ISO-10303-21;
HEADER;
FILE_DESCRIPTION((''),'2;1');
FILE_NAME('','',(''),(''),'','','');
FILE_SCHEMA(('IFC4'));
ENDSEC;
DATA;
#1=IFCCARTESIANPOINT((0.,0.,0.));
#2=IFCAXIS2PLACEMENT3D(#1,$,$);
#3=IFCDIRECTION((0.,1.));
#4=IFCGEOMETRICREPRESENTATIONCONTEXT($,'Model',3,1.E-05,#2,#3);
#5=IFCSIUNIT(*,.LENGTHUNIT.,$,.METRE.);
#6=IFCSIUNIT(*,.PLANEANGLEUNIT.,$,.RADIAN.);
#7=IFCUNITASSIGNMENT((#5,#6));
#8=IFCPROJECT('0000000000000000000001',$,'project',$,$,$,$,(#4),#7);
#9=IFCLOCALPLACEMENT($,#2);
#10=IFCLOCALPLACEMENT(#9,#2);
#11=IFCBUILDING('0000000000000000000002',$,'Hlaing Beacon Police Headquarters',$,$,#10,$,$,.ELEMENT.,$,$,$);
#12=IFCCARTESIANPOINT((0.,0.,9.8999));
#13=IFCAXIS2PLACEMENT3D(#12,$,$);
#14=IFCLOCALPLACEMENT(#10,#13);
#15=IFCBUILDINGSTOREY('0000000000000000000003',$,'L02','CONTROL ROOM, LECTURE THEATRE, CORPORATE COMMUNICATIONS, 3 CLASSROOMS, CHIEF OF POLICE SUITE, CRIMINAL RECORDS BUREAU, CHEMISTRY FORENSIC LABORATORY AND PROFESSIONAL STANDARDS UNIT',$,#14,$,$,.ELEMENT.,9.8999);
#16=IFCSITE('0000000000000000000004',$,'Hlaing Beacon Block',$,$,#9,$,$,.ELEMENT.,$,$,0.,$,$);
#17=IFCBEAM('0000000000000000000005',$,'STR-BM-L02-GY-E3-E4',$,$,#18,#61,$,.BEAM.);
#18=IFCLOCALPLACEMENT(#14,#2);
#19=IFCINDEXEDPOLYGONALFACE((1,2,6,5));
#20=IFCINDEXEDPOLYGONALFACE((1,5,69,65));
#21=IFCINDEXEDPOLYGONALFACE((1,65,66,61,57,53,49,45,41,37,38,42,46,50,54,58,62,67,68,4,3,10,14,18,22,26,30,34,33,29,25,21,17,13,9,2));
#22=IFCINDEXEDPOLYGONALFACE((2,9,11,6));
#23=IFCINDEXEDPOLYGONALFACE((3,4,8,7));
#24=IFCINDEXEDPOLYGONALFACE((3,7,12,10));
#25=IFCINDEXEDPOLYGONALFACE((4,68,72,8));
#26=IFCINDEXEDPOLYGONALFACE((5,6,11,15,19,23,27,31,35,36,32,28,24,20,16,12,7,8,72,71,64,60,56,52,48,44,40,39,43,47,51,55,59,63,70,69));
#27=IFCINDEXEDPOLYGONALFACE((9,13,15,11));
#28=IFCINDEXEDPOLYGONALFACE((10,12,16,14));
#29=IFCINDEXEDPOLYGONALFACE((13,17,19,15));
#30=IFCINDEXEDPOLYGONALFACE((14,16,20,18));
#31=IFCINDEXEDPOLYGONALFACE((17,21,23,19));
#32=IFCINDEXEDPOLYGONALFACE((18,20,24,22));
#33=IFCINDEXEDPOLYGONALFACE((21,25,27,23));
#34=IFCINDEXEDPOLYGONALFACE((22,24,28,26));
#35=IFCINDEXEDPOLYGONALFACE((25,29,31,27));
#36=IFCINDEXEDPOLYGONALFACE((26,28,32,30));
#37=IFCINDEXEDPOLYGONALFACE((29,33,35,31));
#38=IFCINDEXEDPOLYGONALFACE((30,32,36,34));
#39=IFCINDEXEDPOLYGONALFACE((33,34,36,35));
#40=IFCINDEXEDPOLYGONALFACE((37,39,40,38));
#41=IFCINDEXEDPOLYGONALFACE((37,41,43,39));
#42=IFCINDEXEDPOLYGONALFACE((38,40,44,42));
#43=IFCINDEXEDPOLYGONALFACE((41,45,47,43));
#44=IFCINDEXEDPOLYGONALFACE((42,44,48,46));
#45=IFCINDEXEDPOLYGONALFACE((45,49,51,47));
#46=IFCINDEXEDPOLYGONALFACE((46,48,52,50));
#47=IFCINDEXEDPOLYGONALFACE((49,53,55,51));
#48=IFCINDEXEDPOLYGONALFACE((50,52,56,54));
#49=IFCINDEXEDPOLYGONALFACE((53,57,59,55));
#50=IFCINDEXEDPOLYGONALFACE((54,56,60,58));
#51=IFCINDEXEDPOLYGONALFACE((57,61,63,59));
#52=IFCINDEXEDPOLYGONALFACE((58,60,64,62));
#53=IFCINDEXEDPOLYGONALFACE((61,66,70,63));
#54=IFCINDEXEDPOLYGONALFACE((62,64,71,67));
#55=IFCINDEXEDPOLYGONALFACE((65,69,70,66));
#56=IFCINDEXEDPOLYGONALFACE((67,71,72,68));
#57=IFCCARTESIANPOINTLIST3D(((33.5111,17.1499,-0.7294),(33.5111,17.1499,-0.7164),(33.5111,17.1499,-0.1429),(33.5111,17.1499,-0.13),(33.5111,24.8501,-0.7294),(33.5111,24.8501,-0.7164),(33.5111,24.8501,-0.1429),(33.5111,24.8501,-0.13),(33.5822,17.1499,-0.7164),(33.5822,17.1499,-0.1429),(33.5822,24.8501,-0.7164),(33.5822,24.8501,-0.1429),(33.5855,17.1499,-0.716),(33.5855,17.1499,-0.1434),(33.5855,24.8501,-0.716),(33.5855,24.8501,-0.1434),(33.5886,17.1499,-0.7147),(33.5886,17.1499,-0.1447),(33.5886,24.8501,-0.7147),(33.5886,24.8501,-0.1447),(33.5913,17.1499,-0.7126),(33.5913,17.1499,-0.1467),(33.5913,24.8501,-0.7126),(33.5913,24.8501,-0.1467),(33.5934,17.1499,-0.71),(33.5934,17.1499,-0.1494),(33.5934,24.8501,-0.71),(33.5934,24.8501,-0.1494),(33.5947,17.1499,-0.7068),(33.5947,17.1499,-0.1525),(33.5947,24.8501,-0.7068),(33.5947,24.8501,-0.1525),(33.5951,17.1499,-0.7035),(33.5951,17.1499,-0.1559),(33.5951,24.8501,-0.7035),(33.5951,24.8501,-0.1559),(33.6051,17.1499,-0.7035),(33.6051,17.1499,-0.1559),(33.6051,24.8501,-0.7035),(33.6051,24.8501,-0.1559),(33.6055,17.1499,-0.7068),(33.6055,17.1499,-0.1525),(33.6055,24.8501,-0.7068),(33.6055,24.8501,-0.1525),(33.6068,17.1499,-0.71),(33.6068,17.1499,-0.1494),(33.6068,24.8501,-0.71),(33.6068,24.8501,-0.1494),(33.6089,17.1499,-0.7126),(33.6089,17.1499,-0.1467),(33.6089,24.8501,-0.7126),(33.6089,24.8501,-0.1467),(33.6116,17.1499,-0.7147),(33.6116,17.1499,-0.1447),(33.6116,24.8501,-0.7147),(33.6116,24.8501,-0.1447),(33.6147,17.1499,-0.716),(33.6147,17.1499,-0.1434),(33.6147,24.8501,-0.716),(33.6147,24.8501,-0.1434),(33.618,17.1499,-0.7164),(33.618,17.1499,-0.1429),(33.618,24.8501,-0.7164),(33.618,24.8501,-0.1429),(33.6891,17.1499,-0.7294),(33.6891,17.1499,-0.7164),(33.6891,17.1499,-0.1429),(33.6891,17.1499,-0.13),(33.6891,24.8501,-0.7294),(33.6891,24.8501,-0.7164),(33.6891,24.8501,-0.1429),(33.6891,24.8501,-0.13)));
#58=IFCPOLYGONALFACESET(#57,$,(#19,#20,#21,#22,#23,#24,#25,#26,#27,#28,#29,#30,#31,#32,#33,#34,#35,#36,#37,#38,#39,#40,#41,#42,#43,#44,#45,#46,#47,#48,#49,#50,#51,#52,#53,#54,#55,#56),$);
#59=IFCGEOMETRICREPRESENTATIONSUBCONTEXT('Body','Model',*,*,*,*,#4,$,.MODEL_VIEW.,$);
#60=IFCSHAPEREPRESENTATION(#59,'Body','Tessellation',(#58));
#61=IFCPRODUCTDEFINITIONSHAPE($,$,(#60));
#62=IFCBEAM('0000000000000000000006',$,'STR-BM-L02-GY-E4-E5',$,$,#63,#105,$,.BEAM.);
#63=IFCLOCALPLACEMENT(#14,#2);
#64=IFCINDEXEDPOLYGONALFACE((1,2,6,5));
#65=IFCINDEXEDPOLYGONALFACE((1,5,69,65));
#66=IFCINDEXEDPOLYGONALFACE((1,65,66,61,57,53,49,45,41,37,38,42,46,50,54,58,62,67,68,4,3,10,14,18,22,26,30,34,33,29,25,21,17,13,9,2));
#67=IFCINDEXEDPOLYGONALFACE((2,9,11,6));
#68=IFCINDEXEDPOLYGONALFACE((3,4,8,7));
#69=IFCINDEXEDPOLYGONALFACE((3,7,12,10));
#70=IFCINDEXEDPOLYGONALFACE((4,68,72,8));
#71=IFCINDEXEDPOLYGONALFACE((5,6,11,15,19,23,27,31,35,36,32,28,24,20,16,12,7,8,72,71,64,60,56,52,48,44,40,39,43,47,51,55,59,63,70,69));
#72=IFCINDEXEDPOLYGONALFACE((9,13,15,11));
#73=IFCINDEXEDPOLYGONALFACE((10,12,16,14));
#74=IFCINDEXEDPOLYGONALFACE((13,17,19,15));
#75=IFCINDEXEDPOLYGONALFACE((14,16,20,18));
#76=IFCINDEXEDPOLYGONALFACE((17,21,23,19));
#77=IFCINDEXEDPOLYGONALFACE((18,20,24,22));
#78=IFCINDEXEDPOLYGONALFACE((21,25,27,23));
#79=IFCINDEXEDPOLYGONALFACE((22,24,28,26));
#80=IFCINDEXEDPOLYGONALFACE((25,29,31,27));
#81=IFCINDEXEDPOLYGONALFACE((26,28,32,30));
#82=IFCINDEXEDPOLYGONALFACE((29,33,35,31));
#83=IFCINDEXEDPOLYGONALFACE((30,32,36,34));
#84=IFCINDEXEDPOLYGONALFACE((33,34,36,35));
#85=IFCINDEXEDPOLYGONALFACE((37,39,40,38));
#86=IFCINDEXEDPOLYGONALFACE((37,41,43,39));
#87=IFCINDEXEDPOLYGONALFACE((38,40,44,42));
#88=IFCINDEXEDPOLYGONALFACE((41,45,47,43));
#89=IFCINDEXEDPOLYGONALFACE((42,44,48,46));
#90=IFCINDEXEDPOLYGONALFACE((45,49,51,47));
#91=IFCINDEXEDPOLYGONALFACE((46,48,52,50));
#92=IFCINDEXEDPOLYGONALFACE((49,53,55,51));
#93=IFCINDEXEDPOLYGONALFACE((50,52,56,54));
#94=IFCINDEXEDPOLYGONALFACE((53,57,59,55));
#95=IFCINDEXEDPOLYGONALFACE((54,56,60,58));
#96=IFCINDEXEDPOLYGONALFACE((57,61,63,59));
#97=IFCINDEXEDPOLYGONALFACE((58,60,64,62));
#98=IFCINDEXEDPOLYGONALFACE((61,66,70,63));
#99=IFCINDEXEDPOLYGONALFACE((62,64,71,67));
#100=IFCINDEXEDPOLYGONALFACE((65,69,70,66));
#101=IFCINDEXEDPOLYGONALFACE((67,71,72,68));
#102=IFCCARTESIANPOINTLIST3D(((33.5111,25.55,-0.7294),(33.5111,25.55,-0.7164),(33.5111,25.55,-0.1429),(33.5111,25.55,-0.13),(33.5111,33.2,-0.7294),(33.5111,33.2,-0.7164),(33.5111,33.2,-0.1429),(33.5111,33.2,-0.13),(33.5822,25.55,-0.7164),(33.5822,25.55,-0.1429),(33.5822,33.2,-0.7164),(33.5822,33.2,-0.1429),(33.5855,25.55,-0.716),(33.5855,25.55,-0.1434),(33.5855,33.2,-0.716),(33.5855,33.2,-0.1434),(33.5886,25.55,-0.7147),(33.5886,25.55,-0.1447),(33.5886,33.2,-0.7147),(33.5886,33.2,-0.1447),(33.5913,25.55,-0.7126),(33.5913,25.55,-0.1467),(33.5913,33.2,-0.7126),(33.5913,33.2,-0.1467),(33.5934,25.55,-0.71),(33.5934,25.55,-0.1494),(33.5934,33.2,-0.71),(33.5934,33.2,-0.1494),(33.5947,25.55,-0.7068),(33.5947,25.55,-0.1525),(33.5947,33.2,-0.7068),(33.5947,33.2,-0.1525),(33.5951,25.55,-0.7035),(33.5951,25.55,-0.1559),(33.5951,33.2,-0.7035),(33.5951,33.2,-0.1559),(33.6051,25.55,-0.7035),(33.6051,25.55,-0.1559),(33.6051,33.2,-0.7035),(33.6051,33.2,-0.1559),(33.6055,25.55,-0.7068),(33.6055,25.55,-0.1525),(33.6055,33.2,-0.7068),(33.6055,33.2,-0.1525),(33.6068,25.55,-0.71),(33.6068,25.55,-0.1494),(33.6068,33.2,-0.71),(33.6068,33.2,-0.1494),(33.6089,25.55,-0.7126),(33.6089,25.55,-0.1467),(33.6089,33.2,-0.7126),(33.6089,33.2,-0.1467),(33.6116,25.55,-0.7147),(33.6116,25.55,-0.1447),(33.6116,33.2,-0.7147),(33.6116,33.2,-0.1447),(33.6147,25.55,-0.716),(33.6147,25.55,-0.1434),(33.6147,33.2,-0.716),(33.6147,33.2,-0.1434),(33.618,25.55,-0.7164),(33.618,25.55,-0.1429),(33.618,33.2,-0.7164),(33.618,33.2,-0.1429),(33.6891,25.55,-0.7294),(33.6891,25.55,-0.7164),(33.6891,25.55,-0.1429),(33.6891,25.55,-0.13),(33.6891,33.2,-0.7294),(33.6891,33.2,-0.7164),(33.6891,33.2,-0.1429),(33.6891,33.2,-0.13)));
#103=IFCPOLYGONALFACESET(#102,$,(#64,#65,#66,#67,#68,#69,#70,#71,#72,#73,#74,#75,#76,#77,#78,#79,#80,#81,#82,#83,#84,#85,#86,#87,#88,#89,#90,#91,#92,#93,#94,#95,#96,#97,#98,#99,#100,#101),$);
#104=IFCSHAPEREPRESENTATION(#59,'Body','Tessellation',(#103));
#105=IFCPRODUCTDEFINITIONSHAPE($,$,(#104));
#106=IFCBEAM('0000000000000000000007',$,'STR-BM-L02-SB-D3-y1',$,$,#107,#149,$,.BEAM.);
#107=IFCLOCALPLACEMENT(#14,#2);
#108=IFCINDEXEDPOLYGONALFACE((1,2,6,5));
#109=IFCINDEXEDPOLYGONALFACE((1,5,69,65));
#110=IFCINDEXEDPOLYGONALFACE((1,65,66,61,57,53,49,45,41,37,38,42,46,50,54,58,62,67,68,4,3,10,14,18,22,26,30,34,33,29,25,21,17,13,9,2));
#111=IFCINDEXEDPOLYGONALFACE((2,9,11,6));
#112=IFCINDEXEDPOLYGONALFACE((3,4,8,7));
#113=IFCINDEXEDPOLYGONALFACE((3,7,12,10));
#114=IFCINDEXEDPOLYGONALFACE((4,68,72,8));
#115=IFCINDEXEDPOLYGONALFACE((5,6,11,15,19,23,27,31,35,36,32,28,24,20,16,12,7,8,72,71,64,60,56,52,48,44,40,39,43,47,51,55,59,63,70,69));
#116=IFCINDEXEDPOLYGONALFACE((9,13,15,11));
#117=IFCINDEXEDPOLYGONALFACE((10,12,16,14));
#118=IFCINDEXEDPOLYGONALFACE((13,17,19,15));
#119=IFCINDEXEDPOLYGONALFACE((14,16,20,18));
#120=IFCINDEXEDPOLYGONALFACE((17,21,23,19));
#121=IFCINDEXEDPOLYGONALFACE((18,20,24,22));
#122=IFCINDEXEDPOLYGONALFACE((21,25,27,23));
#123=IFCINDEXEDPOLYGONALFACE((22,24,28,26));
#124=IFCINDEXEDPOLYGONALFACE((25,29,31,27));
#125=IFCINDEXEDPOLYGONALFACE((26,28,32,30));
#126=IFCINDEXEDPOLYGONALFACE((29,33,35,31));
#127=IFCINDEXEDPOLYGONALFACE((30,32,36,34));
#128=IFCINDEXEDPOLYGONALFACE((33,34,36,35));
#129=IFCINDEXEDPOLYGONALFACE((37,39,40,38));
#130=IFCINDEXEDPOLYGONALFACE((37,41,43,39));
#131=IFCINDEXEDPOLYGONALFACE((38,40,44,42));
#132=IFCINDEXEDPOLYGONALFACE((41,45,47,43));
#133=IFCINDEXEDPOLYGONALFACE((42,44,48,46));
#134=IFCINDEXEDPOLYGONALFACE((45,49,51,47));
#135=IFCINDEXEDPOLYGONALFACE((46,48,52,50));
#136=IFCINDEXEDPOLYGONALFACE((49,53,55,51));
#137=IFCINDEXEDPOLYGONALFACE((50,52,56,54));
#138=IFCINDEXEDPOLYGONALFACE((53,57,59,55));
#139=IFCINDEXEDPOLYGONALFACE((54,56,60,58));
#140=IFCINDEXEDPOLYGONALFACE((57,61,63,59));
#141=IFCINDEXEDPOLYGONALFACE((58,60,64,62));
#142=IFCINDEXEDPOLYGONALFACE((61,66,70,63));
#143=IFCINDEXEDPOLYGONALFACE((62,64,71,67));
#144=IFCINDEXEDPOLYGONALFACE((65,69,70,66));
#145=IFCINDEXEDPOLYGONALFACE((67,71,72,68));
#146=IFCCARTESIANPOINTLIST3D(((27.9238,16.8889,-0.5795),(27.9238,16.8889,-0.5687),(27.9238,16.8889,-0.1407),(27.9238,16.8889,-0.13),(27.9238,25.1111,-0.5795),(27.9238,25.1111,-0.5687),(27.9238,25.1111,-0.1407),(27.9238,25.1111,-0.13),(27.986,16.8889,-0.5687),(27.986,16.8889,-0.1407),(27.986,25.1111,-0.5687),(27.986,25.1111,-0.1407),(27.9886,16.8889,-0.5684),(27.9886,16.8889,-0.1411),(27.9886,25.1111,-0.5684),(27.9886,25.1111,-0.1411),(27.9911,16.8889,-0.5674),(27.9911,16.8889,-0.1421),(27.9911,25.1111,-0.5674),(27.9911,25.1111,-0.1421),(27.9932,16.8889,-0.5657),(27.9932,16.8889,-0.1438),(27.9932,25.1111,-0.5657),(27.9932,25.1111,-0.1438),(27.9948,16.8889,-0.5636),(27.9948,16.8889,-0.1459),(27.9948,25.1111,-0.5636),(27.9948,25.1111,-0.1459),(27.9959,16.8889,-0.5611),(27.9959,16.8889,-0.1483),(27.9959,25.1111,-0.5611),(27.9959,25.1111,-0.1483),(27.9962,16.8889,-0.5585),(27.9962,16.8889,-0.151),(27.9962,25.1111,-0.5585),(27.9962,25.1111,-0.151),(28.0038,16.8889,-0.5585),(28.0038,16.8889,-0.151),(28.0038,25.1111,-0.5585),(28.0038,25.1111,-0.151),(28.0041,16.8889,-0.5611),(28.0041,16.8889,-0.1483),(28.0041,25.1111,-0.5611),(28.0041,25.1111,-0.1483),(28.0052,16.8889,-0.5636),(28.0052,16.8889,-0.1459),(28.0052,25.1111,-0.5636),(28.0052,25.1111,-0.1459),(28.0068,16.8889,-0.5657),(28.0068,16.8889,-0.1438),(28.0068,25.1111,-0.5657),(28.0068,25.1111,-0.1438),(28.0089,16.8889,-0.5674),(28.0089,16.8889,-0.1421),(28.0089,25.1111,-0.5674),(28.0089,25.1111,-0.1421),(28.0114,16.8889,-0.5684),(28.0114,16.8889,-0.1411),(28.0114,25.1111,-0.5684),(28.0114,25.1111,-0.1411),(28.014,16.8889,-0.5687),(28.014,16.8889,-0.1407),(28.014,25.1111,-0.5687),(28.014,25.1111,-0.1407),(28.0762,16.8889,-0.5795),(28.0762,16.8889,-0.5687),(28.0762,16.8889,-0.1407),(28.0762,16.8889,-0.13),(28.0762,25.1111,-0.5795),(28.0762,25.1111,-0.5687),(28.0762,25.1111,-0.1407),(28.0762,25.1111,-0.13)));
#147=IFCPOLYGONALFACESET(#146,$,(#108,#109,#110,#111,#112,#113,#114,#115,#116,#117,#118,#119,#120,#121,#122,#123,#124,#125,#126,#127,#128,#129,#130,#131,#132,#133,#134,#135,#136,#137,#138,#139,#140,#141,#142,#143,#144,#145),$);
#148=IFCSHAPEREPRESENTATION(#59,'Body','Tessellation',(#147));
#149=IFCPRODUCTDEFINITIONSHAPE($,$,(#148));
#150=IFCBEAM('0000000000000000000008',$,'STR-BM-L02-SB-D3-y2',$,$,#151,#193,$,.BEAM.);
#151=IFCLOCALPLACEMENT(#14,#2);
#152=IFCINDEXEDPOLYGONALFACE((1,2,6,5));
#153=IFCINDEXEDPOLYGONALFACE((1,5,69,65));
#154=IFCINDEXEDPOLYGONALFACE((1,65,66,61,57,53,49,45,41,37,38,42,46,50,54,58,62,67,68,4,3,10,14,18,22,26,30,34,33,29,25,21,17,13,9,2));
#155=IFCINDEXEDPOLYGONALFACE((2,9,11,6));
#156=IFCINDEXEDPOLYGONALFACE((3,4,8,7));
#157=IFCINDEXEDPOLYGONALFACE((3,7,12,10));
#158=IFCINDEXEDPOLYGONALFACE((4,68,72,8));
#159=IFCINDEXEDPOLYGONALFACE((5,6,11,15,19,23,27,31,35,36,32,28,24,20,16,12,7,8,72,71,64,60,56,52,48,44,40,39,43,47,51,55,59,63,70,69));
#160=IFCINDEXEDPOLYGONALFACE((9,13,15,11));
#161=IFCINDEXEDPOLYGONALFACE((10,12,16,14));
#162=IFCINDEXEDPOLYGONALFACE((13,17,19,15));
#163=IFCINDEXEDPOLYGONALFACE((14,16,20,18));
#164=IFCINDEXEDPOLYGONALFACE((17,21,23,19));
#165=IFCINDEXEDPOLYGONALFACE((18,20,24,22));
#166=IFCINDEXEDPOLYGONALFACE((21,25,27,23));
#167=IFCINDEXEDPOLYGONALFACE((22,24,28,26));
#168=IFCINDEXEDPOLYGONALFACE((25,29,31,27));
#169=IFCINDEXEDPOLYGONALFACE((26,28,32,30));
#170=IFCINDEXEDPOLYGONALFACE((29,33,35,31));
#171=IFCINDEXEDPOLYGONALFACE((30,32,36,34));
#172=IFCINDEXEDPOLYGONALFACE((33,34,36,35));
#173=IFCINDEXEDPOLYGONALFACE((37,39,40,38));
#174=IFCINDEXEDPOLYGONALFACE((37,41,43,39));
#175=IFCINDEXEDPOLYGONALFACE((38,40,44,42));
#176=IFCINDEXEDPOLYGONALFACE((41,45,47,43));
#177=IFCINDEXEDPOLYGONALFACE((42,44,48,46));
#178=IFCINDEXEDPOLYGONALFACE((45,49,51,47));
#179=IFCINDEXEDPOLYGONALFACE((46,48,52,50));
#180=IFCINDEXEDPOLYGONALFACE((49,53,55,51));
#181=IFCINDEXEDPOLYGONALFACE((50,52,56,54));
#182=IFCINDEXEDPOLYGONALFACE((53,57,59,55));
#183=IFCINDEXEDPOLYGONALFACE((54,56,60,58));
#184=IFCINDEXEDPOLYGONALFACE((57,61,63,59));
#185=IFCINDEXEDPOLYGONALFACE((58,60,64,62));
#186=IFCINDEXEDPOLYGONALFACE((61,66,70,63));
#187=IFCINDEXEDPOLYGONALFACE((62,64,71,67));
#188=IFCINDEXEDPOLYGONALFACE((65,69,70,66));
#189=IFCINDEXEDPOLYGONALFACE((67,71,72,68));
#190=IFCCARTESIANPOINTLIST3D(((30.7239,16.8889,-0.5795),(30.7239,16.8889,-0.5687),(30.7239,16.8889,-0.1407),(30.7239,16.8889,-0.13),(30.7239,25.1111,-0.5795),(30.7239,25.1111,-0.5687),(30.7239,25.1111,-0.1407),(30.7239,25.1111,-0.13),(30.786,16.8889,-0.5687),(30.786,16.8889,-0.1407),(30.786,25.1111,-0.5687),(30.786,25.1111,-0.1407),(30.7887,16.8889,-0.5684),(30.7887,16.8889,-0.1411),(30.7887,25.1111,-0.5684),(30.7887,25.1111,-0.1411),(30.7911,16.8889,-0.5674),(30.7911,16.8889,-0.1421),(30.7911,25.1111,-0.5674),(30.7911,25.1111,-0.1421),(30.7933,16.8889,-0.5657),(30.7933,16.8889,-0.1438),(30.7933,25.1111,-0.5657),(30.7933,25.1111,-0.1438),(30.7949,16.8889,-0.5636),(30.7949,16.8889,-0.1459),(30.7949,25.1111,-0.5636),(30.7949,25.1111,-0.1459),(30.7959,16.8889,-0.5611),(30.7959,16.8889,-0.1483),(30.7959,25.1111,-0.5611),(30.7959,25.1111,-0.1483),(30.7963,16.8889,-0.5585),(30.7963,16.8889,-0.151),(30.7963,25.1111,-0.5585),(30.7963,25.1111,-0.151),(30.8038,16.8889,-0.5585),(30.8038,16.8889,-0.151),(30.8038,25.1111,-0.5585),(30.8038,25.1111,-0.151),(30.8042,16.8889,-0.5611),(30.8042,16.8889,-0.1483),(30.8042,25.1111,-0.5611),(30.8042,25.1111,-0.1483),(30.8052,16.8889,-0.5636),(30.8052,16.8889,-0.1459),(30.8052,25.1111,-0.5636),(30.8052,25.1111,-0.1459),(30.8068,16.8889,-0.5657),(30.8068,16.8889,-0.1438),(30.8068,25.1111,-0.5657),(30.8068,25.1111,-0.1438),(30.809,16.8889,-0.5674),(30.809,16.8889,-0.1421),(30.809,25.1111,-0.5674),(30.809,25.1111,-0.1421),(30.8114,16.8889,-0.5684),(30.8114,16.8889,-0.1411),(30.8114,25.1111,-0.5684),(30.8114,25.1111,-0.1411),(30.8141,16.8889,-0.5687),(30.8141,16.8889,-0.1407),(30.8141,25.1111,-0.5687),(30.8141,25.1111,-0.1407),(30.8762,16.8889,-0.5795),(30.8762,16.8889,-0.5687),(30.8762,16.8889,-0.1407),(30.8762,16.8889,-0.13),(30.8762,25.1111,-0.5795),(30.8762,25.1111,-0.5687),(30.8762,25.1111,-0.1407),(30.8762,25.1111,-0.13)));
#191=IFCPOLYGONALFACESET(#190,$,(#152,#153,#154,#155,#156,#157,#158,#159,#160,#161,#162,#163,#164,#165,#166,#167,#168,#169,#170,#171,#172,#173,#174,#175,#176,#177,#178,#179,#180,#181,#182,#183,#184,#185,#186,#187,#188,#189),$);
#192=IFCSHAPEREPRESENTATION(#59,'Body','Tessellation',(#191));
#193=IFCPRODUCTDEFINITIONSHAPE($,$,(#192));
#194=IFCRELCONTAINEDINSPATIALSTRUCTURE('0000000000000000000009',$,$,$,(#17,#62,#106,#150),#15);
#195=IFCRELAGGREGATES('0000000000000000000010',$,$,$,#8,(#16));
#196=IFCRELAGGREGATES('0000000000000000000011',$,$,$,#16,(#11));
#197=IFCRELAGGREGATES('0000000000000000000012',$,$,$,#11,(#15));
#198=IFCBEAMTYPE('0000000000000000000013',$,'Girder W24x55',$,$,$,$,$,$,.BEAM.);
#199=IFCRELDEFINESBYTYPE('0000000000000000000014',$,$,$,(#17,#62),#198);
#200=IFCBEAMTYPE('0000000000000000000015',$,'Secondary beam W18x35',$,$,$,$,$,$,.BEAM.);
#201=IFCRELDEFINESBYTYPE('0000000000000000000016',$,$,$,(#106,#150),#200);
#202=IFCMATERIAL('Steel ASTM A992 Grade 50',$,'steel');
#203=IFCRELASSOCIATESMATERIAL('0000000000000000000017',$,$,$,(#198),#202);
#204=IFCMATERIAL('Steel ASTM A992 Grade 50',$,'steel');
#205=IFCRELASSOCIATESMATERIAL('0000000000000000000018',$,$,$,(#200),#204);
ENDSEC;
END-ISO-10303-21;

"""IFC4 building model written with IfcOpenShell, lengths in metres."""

from ifc_helpers import new_model, si_unit, direction, frame, origin, origin_2d, place, context, subcontext, project, spatial, i_section, extrude, material, material_profile, profile_set, type_object, element, save


model = new_model("IFC4")

# Units and contexts
model_context = context("Model", 3, precision=1e-05, world=origin(), true_north=direction((0.0, 1.0)))
body_context = subcontext(model_context, "Body", "Model", "MODEL_VIEW")
ifc_project = project(units=[si_unit("LENGTHUNIT", "METRE"), si_unit("PLANEANGLEUNIT", "RADIAN")], contexts=[model_context])

# Site, building, storey
site_placement = place(None, origin())
site = spatial("IfcSite", under=ifc_project, at=site_placement, Name="Hlaing Beacon Block", CompositionType="ELEMENT", RefElevation=0.0)
building_placement = place(site_placement, origin())
building = spatial("IfcBuilding", under=site, at=building_placement, Name="Hlaing Beacon Police Headquarters", CompositionType="ELEMENT")
storey_placement = place(building_placement, frame((0.0, 0.0, 9.8999)))
storey = spatial("IfcBuildingStorey", under=building, at=storey_placement, Name="L02", Description="CONTROL ROOM, LECTURE THEATRE, CORPORATE COMMUNICATIONS, 3 CLASSROOMS, CHIEF OF POLICE SUITE, CRIMINAL RECORDS BUREAU, CHEMISTRY FORENSIC LABORATORY AND PROFESSIONAL STANDARDS UNIT", CompositionType="ELEMENT", Elevation=9.8999)

# Beams
ifc_material_1 = material(Name="Steel ASTM A992 Grade 50", Category="steel")
ifc_material_profile_1 = material_profile(ifc_material_1, i_section(OverallWidth=0.178, OverallDepth=0.5994, WebThickness=0.01, FlangeThickness=0.0129, FilletRadius=0.0129, at=origin_2d()), Name="W24x55")
ifc_profile_set_1 = profile_set([ifc_material_profile_1], Name="Steel ASTM A992 Grade 50")
beam_type_1 = type_object("IfcBeamType", Name="Girder W24x55", PredefinedType="BEAM", material=ifc_profile_set_1)
beam_1_placement = place(storey_placement, frame((33.6001, 17.1499, -0.4297), z_axis=(0.0, 1.0, 0.0), x_axis=(-1.0, 0.0, 0.0)))
element("IfcBeam", 1, at=beam_1_placement, inside=storey, type_object=beam_type_1, Name="STR-BM-L02-GY-E3-E4", PredefinedType="BEAM", context=body_context, shape_type="SweptSolid", body=[
    extrude(i_section(OverallWidth=0.178, OverallDepth=0.5994, WebThickness=0.01, FlangeThickness=0.0129, FilletRadius=0.0129, at=origin_2d()), origin(), (0.0, 0.0, 1.0), 7.7002),
])
beam_2_placement = place(storey_placement, frame((33.6001, 25.55, -0.4297), z_axis=(0.0, 1.0, 0.0), x_axis=(-1.0, 0.0, 0.0)))
element("IfcBeam", 2, at=beam_2_placement, inside=storey, type_object=beam_type_1, Name="STR-BM-L02-GY-E4-E5", PredefinedType="BEAM", context=body_context, shape_type="SweptSolid", body=[
    extrude(i_section(OverallWidth=0.178, OverallDepth=0.5994, WebThickness=0.01, FlangeThickness=0.0129, FilletRadius=0.0129, at=origin_2d()), origin(), (0.0, 0.0, 1.0), 7.6499),
])
ifc_material_2 = material(Name="Steel ASTM A992 Grade 50", Category="steel")
ifc_material_profile_2 = material_profile(ifc_material_2, i_section(OverallWidth=0.1523, OverallDepth=0.4495, WebThickness=0.0076, FlangeThickness=0.0107, FilletRadius=0.0103, at=origin_2d()), Name="W18x35")
ifc_profile_set_2 = profile_set([ifc_material_profile_2], Name="Steel ASTM A992 Grade 50")
beam_type_2 = type_object("IfcBeamType", Name="Secondary beam W18x35", PredefinedType="BEAM", material=ifc_profile_set_2)
for number, where, z_axis, x_axis, name in (
    (3, (28.0, 16.8889, -0.3547), (0.0, 1.0, 0.0), (-1.0, 0.0, 0.0), "STR-BM-L02-SB-D3-y1"),
    (4, (30.8, 16.8889, -0.3547), (0.0, 1.0, 0.0), (-1.0, 0.0, 0.0), "STR-BM-L02-SB-D3-y2"),
):
    element("IfcBeam", number, at=place(storey_placement, frame(where, z_axis=z_axis, x_axis=x_axis)), inside=storey, type_object=beam_type_2, Name=name, PredefinedType="BEAM", context=body_context, shape_type="SweptSolid", body=[
        extrude(i_section(OverallWidth=0.1523, OverallDepth=0.4495, WebThickness=0.0076, FlangeThickness=0.0107, FilletRadius=0.0103, at=origin_2d()), origin(), (0.0, 0.0, 1.0), 8.2222),
    ])

save(model, "model.ifc")
